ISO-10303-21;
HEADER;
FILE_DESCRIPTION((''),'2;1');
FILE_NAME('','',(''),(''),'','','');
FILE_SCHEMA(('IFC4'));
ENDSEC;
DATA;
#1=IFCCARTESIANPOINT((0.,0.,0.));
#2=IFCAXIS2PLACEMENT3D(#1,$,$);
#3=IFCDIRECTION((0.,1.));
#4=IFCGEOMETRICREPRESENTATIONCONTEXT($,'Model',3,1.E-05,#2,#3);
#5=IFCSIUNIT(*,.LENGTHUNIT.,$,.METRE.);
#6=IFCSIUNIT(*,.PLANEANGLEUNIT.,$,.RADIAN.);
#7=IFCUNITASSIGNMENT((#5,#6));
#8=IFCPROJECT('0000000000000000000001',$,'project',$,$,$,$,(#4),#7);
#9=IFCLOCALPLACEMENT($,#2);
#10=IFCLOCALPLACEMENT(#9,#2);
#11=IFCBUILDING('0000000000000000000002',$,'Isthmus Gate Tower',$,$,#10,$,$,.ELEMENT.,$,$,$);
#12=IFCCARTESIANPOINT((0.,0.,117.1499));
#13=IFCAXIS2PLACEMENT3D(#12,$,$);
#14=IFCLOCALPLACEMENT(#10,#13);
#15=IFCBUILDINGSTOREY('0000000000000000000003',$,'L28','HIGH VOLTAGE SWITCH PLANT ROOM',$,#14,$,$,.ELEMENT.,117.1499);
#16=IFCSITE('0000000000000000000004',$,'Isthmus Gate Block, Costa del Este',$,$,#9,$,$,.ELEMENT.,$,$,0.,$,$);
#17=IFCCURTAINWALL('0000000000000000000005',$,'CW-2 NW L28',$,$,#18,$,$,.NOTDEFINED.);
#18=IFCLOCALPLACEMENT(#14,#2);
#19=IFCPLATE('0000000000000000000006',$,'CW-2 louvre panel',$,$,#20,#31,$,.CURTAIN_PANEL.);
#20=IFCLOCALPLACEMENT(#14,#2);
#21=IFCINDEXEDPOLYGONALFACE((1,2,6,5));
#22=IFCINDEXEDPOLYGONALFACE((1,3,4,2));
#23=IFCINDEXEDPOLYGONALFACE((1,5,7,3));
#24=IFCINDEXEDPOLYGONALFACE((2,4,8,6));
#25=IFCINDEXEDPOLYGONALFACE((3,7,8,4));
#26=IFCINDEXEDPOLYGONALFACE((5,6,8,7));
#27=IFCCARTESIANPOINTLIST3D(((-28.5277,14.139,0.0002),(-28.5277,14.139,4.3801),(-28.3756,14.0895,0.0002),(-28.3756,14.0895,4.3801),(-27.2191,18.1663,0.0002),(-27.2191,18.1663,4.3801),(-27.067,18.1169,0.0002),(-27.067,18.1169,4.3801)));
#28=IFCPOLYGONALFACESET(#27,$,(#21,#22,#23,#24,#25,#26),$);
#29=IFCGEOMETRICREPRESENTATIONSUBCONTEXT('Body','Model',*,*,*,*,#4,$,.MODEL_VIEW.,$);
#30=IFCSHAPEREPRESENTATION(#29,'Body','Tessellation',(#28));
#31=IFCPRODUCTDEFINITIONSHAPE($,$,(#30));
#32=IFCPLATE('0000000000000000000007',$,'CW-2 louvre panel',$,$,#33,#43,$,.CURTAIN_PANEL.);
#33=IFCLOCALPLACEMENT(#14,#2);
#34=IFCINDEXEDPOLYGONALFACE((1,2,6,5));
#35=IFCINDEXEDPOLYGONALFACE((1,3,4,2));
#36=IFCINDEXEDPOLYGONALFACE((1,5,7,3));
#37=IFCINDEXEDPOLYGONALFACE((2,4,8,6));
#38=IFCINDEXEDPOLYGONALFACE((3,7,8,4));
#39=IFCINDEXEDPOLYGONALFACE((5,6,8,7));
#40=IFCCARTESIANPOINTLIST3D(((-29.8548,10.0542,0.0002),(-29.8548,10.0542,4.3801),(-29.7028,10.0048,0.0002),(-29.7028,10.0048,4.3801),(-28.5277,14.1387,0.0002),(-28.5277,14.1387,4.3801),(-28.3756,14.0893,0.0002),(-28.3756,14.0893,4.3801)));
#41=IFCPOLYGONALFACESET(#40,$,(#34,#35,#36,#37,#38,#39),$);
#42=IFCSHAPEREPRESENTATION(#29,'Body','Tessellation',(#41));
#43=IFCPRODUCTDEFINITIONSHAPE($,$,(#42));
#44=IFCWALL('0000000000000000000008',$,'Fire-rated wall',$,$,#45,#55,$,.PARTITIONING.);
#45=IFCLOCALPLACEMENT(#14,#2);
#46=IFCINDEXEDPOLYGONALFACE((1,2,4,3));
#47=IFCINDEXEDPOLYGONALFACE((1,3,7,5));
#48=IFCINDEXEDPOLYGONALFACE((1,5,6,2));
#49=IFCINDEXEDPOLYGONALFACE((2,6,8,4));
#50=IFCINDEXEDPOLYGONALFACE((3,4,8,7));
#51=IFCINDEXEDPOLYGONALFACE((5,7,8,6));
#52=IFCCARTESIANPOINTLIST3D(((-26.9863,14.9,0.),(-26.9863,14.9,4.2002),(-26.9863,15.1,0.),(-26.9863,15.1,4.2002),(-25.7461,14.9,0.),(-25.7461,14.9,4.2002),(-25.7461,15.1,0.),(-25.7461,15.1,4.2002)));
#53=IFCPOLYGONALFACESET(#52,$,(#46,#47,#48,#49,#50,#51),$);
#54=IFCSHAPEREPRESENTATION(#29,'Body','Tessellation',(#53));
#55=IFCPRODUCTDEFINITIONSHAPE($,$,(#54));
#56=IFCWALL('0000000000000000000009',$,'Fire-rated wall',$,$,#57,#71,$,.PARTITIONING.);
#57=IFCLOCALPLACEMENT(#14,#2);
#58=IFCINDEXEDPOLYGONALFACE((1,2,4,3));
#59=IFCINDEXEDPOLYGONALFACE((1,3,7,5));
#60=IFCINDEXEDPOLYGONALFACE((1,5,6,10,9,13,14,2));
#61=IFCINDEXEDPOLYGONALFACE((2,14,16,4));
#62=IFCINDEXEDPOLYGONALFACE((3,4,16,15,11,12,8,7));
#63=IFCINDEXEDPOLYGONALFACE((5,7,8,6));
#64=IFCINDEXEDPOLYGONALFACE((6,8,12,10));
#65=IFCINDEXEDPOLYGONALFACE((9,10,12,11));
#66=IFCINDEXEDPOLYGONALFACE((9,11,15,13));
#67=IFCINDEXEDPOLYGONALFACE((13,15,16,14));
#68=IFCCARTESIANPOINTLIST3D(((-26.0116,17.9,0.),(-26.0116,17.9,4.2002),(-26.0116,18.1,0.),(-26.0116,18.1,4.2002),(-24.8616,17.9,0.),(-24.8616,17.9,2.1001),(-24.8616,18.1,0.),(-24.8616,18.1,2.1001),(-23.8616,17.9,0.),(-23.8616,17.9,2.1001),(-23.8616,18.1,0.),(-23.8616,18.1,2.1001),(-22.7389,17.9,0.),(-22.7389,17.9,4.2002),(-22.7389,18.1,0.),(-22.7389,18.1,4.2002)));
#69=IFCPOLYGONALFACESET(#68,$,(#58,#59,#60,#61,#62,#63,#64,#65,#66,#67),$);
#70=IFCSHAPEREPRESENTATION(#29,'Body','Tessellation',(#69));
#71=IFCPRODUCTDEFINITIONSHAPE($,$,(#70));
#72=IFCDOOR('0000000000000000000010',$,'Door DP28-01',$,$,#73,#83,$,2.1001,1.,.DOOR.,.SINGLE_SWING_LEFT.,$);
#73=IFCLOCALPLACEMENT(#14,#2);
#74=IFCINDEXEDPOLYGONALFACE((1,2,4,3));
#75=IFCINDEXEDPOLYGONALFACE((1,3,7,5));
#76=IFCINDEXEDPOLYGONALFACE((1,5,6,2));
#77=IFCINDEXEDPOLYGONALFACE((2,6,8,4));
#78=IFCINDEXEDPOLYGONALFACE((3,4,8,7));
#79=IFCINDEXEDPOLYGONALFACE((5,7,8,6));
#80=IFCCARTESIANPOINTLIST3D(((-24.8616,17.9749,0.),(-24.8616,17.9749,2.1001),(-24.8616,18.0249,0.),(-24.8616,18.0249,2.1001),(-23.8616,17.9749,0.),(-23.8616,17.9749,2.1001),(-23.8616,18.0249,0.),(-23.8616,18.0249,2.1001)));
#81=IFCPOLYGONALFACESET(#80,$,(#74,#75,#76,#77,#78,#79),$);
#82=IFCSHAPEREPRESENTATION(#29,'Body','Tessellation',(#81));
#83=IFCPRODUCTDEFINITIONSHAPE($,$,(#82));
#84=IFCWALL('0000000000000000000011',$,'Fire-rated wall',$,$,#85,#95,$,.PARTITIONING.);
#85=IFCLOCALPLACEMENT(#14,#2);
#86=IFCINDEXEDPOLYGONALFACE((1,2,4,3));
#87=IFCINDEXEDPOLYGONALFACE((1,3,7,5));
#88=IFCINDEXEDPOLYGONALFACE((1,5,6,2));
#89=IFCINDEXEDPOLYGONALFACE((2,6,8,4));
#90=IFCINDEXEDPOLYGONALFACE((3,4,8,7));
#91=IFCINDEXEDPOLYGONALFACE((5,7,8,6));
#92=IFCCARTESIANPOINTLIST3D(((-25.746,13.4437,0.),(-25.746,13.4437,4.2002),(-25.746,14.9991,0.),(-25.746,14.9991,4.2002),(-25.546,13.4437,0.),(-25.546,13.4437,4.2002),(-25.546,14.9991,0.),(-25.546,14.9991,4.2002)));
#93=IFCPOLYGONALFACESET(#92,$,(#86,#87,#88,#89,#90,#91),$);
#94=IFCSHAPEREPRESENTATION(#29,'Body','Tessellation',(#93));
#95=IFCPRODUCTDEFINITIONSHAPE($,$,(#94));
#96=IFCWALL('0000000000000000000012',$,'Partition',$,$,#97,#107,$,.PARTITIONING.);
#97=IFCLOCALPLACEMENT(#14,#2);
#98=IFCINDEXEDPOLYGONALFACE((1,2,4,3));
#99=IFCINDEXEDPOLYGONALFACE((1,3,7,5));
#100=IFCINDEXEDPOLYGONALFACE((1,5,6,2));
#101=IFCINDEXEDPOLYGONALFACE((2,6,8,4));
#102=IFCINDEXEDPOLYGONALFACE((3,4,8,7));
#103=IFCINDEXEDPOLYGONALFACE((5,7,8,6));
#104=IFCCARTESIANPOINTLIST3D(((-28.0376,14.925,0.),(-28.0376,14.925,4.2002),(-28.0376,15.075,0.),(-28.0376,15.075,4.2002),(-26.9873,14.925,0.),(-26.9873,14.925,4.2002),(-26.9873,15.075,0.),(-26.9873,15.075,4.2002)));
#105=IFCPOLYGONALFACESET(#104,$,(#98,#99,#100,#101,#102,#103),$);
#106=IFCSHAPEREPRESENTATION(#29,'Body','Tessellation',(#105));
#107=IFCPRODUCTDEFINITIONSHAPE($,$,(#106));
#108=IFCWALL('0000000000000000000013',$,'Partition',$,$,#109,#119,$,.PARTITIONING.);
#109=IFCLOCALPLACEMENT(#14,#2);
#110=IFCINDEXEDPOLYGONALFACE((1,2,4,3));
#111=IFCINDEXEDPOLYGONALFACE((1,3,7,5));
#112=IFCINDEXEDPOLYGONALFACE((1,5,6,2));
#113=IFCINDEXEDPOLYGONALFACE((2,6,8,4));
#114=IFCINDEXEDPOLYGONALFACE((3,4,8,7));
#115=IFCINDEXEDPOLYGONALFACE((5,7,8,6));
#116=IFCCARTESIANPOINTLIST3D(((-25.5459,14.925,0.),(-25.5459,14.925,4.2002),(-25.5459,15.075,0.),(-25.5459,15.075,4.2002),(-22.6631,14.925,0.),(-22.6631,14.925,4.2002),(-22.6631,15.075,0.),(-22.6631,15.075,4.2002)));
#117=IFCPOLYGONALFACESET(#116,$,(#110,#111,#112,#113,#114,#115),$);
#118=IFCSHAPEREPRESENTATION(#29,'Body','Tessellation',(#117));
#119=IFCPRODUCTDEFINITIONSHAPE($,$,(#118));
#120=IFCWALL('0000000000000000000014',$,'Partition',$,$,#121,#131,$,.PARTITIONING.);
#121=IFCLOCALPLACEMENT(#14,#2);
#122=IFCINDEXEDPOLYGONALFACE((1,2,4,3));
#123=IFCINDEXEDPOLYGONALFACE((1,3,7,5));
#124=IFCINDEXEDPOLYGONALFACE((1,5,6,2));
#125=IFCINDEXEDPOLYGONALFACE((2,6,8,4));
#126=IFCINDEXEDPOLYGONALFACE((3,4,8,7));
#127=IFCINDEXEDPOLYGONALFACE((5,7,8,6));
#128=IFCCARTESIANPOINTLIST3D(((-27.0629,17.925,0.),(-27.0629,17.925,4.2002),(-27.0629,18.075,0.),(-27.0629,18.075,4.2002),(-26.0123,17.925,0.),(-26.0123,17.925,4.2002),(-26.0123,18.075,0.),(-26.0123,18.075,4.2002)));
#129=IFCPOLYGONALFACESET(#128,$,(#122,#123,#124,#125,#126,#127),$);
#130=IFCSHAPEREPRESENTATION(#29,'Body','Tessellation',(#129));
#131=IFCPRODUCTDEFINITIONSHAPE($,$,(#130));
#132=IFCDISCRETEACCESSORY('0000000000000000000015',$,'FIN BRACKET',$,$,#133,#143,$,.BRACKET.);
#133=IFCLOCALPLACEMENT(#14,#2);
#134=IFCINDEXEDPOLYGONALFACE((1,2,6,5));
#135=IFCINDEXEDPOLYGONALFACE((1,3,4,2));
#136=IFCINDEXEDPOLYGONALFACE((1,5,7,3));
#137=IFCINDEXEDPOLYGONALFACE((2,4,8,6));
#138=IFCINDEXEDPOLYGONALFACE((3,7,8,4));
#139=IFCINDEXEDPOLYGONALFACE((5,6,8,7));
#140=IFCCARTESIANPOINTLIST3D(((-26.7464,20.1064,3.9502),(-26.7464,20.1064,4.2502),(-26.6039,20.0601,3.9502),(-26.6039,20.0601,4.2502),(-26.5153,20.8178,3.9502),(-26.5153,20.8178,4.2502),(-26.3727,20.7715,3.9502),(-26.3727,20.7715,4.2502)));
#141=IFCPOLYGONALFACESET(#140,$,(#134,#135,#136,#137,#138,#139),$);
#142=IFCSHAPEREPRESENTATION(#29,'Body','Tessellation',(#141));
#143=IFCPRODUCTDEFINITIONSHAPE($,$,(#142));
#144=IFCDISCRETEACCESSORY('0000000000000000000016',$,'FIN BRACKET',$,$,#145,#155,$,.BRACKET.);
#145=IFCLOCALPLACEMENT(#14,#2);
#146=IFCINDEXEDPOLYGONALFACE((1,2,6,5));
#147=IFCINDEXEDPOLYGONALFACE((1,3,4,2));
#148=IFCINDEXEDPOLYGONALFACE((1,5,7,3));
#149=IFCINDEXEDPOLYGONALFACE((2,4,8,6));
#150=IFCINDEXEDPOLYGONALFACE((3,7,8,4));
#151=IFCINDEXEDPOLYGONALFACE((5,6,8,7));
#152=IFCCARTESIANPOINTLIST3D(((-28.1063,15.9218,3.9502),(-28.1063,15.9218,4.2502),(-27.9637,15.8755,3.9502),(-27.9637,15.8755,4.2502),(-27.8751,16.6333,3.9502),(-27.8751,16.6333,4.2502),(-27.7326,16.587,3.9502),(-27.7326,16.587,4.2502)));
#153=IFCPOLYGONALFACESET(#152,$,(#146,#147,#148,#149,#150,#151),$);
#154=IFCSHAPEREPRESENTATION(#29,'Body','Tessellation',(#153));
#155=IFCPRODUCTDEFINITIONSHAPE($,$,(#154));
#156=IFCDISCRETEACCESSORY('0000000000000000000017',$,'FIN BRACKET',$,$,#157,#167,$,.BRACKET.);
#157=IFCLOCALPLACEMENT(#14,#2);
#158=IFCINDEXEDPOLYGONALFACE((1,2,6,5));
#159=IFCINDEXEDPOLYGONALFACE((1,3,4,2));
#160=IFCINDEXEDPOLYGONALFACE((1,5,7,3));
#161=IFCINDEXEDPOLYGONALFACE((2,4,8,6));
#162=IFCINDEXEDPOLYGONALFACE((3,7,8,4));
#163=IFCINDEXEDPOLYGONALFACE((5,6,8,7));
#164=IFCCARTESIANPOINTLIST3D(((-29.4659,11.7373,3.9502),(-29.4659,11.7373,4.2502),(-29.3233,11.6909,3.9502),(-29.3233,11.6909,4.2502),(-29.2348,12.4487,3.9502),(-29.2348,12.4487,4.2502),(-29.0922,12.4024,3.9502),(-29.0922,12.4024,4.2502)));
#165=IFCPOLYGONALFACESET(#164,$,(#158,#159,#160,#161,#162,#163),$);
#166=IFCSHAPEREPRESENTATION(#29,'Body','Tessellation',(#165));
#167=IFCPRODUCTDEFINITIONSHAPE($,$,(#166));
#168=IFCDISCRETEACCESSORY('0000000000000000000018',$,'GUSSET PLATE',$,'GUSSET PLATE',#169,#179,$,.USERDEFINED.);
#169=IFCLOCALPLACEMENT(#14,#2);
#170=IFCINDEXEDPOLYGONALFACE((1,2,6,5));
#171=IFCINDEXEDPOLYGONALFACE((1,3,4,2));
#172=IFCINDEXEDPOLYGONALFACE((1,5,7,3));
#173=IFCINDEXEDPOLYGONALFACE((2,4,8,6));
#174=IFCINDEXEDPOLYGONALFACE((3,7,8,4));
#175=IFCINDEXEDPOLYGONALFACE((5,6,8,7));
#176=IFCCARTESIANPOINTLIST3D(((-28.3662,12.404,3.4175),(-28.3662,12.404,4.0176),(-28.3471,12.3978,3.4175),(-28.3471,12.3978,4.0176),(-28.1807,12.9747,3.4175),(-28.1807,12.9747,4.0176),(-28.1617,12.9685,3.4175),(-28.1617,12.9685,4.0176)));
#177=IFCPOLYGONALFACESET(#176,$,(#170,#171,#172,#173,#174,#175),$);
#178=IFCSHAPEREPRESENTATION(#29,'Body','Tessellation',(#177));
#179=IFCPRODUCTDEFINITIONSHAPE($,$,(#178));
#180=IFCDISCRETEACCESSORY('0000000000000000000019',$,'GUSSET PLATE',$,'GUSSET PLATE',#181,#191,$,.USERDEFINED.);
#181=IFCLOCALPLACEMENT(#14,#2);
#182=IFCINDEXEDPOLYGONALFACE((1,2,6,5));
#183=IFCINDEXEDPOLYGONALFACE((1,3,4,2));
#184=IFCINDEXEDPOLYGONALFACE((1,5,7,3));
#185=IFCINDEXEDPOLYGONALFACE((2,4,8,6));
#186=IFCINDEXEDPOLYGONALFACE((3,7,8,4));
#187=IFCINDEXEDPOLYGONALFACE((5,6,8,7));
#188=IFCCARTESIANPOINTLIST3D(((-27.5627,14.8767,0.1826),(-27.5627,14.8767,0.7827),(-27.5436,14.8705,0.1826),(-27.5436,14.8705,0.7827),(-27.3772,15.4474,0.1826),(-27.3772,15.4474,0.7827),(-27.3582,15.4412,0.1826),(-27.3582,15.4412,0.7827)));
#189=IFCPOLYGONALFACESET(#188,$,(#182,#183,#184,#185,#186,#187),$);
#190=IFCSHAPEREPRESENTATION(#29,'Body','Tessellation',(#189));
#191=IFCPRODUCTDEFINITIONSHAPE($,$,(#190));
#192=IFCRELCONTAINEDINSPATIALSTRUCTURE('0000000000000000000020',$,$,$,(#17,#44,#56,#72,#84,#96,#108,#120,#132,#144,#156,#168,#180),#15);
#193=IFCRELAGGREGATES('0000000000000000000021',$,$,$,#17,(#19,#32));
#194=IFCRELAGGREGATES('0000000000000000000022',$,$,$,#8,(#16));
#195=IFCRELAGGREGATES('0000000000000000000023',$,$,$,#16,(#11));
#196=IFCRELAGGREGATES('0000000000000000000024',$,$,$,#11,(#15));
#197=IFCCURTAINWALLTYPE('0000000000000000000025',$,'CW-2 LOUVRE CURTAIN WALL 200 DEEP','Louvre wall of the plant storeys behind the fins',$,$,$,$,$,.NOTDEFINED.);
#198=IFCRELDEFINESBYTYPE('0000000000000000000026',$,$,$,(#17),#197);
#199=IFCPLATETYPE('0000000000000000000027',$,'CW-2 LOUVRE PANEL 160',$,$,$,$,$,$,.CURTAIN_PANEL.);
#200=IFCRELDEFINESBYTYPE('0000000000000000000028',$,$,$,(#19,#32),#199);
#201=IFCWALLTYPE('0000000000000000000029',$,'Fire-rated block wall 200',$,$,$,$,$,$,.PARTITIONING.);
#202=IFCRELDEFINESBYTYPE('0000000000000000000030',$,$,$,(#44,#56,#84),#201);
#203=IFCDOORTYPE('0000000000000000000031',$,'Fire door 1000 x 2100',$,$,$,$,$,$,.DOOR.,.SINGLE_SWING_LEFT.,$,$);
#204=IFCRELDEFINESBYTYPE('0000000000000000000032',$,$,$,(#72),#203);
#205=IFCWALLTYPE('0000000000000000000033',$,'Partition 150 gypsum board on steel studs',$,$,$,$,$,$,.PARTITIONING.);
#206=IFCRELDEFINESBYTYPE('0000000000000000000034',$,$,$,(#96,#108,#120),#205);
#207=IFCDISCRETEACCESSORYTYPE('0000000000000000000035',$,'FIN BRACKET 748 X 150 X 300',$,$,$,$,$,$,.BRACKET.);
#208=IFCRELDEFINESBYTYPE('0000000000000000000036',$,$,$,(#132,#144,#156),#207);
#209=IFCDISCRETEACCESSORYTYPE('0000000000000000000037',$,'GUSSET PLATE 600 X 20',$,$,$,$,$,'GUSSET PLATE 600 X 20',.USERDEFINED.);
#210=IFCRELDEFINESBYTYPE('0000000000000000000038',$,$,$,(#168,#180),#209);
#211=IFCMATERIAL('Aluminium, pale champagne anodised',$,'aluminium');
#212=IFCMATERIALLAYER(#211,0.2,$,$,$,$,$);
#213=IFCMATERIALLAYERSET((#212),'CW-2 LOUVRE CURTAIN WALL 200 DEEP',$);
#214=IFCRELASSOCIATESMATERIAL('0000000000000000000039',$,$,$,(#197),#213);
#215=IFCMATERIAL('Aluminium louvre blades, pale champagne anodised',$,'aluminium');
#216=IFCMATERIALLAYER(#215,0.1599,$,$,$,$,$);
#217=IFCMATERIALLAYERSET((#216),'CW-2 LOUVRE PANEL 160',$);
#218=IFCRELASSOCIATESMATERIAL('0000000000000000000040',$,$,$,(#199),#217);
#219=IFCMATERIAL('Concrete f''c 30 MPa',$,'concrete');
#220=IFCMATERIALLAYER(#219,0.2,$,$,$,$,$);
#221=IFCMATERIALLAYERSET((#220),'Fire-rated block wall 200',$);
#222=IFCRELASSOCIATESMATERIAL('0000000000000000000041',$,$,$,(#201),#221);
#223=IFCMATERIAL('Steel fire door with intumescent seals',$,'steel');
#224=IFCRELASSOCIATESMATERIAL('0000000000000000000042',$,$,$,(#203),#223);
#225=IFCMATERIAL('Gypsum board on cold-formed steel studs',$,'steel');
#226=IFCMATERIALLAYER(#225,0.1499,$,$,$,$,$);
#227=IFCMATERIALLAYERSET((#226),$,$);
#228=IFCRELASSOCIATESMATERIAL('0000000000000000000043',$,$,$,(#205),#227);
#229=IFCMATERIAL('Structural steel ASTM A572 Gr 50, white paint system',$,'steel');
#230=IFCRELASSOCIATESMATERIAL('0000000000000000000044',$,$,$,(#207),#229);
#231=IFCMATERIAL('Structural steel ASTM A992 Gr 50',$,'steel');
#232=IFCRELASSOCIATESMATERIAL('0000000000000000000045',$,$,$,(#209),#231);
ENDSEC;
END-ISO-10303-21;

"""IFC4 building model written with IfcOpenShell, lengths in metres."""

from ifc_helpers import new_model, si_unit, direction, frame, frame_2d, origin, origin_2d, place, context, subcontext, project, spatial, rectangle, extrude, material, layer, layer_set, type_object, element, fill, aggregate, save


model = new_model("IFC4")

# Units and contexts
model_context = context("Model", 3, precision=1e-05, world=origin(), true_north=direction((0.0, 1.0)))
body_context = subcontext(model_context, "Body", "Model", "MODEL_VIEW")
ifc_project = project(units=[si_unit("LENGTHUNIT", "METRE"), si_unit("PLANEANGLEUNIT", "RADIAN")], contexts=[model_context])

# Site, building, storey
site_placement = place(None, origin())
site = spatial("IfcSite", under=ifc_project, at=site_placement, Name="Isthmus Gate Block, Costa del Este", CompositionType="ELEMENT", RefElevation=0.0)
building_placement = place(site_placement, origin())
building = spatial("IfcBuilding", under=site, at=building_placement, Name="Isthmus Gate Tower", CompositionType="ELEMENT")
storey_placement = place(building_placement, frame((0.0, 0.0, 117.1499)))
storey = spatial("IfcBuildingStorey", under=building, at=storey_placement, Name="L28", Description="HIGH VOLTAGE SWITCH PLANT ROOM", CompositionType="ELEMENT", Elevation=117.1499)

# Curtain wall
ifc_material_1 = material(Name="Aluminium, pale champagne anodised", Category="aluminium")
ifc_layer_1 = layer(ifc_material_1, 0.2)
ifc_layer_set_1 = layer_set([ifc_layer_1], Name="CW-2 LOUVRE CURTAIN WALL 200 DEEP")
curtain_wall_type = type_object("IfcCurtainWallType", Name="CW-2 LOUVRE CURTAIN WALL 200 DEEP", Description="Louvre wall of the plant storeys behind the fins", PredefinedType="NOTDEFINED", material=ifc_layer_set_1)
curtain_wall_placement = place(storey_placement, origin())
curtain_wall = element("IfcCurtainWall", 1, at=curtain_wall_placement, inside=storey, type_object=curtain_wall_type, Name="CW-2 NW L28", PredefinedType="NOTDEFINED")

# Plates
ifc_material_2 = material(Name="Aluminium louvre blades, pale champagne anodised", Category="aluminium")
ifc_layer_2 = layer(ifc_material_2, 0.1599)
ifc_layer_set_2 = layer_set([ifc_layer_2], Name="CW-2 LOUVRE PANEL 160")
plate_type = type_object("IfcPlateType", Name="CW-2 LOUVRE PANEL 160", PredefinedType="CURTAIN_PANEL", material=ifc_layer_set_2)
plate_1_placement = place(storey_placement, frame((-27.7974, 16.1279, 0.0002), z_axis=(0.0, 0.0, 1.0), x_axis=(-0.309017, -0.951057, 0.0)))
plate_1 = element("IfcPlate", 2, at=plate_1_placement, type_object=plate_type, Name="CW-2 louvre panel", PredefinedType="CURTAIN_PANEL", context=body_context, shape_type="SweptSolid", body=[
    extrude(rectangle(XDim=4.2346, YDim=0.1599, at=origin_2d()), origin(), (0.0, 0.0, 1.0), 4.3799),
])
plate_2_placement = place(storey_placement, frame((-29.1152, 12.0718, 0.0002), z_axis=(0.0, 0.0, 1.0), x_axis=(-0.309017, -0.951057, 0.0)))
plate_2 = element("IfcPlate", 3, at=plate_2_placement, type_object=plate_type, Name="CW-2 louvre panel", PredefinedType="CURTAIN_PANEL", context=body_context, shape_type="SweptSolid", body=[
    extrude(rectangle(XDim=4.2947, YDim=0.1599, at=origin_2d()), origin(), (0.0, 0.0, 1.0), 4.3799),
])
aggregate(curtain_wall, [plate_1, plate_2])

# Wall
ifc_material_3 = material(Name="Concrete f'c 30 MPa", Category="concrete")
ifc_layer_3 = layer(ifc_material_3, 0.2)
ifc_layer_set_3 = layer_set([ifc_layer_3], Name="Fire-rated block wall 200")
wall_type_1 = type_object("IfcWallType", Name="Fire-rated block wall 200", PredefinedType="PARTITIONING", material=ifc_layer_set_3)
wall_1_placement = place(storey_placement, frame((-26.9863, 15.0, 0.0), z_axis=(0.0, 0.0, 1.0), x_axis=(1.0, 0.0, 0.0)))
element("IfcWall", 4, at=wall_1_placement, inside=storey, type_object=wall_type_1, Name="Fire-rated wall", PredefinedType="PARTITIONING", context=body_context, shape_type="SweptSolid", body=[
    extrude(rectangle(XDim=1.2402, YDim=0.2, at=frame_2d((0.6201, 0.0))), origin(), (0.0, 0.0, 1.0), 4.2002),
])

# Wall, opening, door
wall_2_placement = place(storey_placement, frame((-26.0115, 18.0, 0.0), z_axis=(0.0, 0.0, 1.0), x_axis=(1.0, 0.0, 0.0)))
wall_2 = element("IfcWall", 5, at=wall_2_placement, inside=storey, type_object=wall_type_1, Name="Fire-rated wall", PredefinedType="PARTITIONING", context=body_context, shape_type="SweptSolid", body=[
    extrude(rectangle(XDim=3.2727, YDim=0.2, at=frame_2d((1.6362, 0.0))), origin(), (0.0, 0.0, 1.0), 4.2002),
])
opening_placement = place(wall_2_placement, frame((1.1499, 0.0, 0.0)))
opening = element("IfcOpeningElement", 6, at=opening_placement, cuts=wall_2, PredefinedType="OPENING", context=body_context, shape_type="SweptSolid", body=[
    extrude(rectangle(XDim=1.0, YDim=2.1001, at=frame_2d((0.5, 1.05))), frame((0.0, 0.1099, 0.0), z_axis=(0.0, -1.0, 0.0), x_axis=(1.0, 0.0, 0.0)), (0.0, 0.0, 1.0), 0.22),
])
ifc_material_4 = material(Name="Steel fire door with intumescent seals", Category="steel")
door_type = type_object("IfcDoorType", Name="Fire door 1000 x 2100", OperationType="SINGLE_SWING_LEFT", PredefinedType="DOOR", material=ifc_material_4)
door_placement = place(opening_placement, origin())
door = element("IfcDoor", 7, at=door_placement, inside=storey, type_object=door_type, Name="Door DP28-01", OperationType="SINGLE_SWING_LEFT", OverallHeight=2.1001, OverallWidth=1.0, PredefinedType="DOOR", context=body_context, shape_type="SweptSolid", body=[
    extrude(rectangle(XDim=1.0, YDim=2.1001, at=frame_2d((0.5, 1.05))), frame((0.0, 0.0249, 0.0), z_axis=(0.0, -1.0, 0.0), x_axis=(1.0, 0.0, 0.0)), (0.0, 0.0, 1.0), 0.05),
])
fill(opening, door)

# Walls
wall_3_placement = place(storey_placement, frame((-25.646, 13.4436, 0.0), z_axis=(0.0, 0.0, 1.0), x_axis=(0.0, 1.0, 0.0)))
element("IfcWall", 8, at=wall_3_placement, inside=storey, type_object=wall_type_1, Name="Fire-rated wall", PredefinedType="PARTITIONING", context=body_context, shape_type="SweptSolid", body=[
    extrude(rectangle(XDim=1.5554, YDim=0.2, at=frame_2d((0.7778, 0.0))), origin(), (0.0, 0.0, 1.0), 4.2002),
])
ifc_material_5 = material(Name="Gypsum board on cold-formed steel studs", Category="steel")
ifc_layer_4 = layer(ifc_material_5, 0.1499)
ifc_layer_set_4 = layer_set([ifc_layer_4])
wall_type_2 = type_object("IfcWallType", Name="Partition 150 gypsum board on steel studs", PredefinedType="PARTITIONING", material=ifc_layer_set_4)
wall_4_placement = place(storey_placement, frame((-28.0376, 15.0, 0.0), z_axis=(0.0, 0.0, 1.0), x_axis=(1.0, 0.0, 0.0)))
element("IfcWall", 9, at=wall_4_placement, inside=storey, type_object=wall_type_2, Name="Partition", PredefinedType="PARTITIONING", context=body_context, shape_type="SweptSolid", body=[
    extrude(rectangle(XDim=1.0503, YDim=0.1499, at=frame_2d((0.5251, 0.0))), origin(), (0.0, 0.0, 1.0), 4.2002),
])
wall_5_placement = place(storey_placement, frame((-25.5459, 15.0, 0.0), z_axis=(0.0, 0.0, 1.0), x_axis=(1.0, 0.0, 0.0)))
element("IfcWall", 10, at=wall_5_placement, inside=storey, type_object=wall_type_2, Name="Partition", PredefinedType="PARTITIONING", context=body_context, shape_type="SweptSolid", body=[
    extrude(rectangle(XDim=2.8828, YDim=0.1499, at=frame_2d((1.4414, 0.0))), origin(), (0.0, 0.0, 1.0), 4.2002),
])
wall_6_placement = place(storey_placement, frame((-27.063, 18.0, 0.0), z_axis=(0.0, 0.0, 1.0), x_axis=(1.0, 0.0, 0.0)))
element("IfcWall", 11, at=wall_6_placement, inside=storey, type_object=wall_type_2, Name="Partition", PredefinedType="PARTITIONING", context=body_context, shape_type="SweptSolid", body=[
    extrude(rectangle(XDim=1.0505, YDim=0.1499, at=frame_2d((0.5254, 0.0))), origin(), (0.0, 0.0, 1.0), 4.2002),
])

# Discrete accessories
ifc_material_6 = material(Name="Structural steel ASTM A572 Gr 50, white paint system", Category="steel")
discrete_accessory_type_1 = type_object("IfcDiscreteAccessoryType", Name="FIN BRACKET 748 X 150 X 300", PredefinedType="BRACKET", material=ifc_material_6)
for number, where, z_axis, x_axis, name in (
    (12, (-26.5596, 20.439, 3.9502), (0.0, 0.0, 1.0), (-0.951057, 0.309017, 0.0), "FIN BRACKET"),
    (13, (-27.9194, 16.2544, 3.9502), (0.0, 0.0, 1.0), (-0.951057, 0.309017, 0.0), "FIN BRACKET"),
    (14, (-29.2791, 12.0698, 3.9502), (0.0, 0.0, 1.0), (-0.951057, 0.309017, 0.0), "FIN BRACKET"),
):
    element("IfcDiscreteAccessory", number, at=place(storey_placement, frame(where, z_axis=z_axis, x_axis=x_axis)), inside=storey, type_object=discrete_accessory_type_1, Name=name, PredefinedType="BRACKET", context=body_context, shape_type="SweptSolid", body=[
        extrude(rectangle(XDim=0.1499, YDim=0.748, at=origin_2d()), origin(), (0.0, 0.0, 1.0), 0.3),
    ])
ifc_material_7 = material(Name="Structural steel ASTM A992 Gr 50", Category="steel")
discrete_accessory_type_2 = type_object("IfcDiscreteAccessoryType", Name="GUSSET PLATE 600 X 20", ElementType="GUSSET PLATE 600 X 20", PredefinedType="USERDEFINED", material=ifc_material_7)
for number, where, z_axis, x_axis, name in (
    (15, (-28.2639, 12.6863, 3.4175), (0.0, 0.0, 1.0), (0.309017, 0.951057, 0.0), "GUSSET PLATE"),
    (16, (-27.4604, 15.1589, 0.1826), (0.0, 0.0, 1.0), (0.309017, 0.951057, 0.0), "GUSSET PLATE"),
):
    element("IfcDiscreteAccessory", number, at=place(storey_placement, frame(where, z_axis=z_axis, x_axis=x_axis)), inside=storey, type_object=discrete_accessory_type_2, Name=name, ObjectType="GUSSET PLATE", PredefinedType="USERDEFINED", context=body_context, shape_type="SweptSolid", body=[
        extrude(rectangle(XDim=0.6001, YDim=0.02, at=origin_2d()), origin(), (0.0, 0.0, 1.0), 0.6001),
    ])

save(model, "model.ifc")
